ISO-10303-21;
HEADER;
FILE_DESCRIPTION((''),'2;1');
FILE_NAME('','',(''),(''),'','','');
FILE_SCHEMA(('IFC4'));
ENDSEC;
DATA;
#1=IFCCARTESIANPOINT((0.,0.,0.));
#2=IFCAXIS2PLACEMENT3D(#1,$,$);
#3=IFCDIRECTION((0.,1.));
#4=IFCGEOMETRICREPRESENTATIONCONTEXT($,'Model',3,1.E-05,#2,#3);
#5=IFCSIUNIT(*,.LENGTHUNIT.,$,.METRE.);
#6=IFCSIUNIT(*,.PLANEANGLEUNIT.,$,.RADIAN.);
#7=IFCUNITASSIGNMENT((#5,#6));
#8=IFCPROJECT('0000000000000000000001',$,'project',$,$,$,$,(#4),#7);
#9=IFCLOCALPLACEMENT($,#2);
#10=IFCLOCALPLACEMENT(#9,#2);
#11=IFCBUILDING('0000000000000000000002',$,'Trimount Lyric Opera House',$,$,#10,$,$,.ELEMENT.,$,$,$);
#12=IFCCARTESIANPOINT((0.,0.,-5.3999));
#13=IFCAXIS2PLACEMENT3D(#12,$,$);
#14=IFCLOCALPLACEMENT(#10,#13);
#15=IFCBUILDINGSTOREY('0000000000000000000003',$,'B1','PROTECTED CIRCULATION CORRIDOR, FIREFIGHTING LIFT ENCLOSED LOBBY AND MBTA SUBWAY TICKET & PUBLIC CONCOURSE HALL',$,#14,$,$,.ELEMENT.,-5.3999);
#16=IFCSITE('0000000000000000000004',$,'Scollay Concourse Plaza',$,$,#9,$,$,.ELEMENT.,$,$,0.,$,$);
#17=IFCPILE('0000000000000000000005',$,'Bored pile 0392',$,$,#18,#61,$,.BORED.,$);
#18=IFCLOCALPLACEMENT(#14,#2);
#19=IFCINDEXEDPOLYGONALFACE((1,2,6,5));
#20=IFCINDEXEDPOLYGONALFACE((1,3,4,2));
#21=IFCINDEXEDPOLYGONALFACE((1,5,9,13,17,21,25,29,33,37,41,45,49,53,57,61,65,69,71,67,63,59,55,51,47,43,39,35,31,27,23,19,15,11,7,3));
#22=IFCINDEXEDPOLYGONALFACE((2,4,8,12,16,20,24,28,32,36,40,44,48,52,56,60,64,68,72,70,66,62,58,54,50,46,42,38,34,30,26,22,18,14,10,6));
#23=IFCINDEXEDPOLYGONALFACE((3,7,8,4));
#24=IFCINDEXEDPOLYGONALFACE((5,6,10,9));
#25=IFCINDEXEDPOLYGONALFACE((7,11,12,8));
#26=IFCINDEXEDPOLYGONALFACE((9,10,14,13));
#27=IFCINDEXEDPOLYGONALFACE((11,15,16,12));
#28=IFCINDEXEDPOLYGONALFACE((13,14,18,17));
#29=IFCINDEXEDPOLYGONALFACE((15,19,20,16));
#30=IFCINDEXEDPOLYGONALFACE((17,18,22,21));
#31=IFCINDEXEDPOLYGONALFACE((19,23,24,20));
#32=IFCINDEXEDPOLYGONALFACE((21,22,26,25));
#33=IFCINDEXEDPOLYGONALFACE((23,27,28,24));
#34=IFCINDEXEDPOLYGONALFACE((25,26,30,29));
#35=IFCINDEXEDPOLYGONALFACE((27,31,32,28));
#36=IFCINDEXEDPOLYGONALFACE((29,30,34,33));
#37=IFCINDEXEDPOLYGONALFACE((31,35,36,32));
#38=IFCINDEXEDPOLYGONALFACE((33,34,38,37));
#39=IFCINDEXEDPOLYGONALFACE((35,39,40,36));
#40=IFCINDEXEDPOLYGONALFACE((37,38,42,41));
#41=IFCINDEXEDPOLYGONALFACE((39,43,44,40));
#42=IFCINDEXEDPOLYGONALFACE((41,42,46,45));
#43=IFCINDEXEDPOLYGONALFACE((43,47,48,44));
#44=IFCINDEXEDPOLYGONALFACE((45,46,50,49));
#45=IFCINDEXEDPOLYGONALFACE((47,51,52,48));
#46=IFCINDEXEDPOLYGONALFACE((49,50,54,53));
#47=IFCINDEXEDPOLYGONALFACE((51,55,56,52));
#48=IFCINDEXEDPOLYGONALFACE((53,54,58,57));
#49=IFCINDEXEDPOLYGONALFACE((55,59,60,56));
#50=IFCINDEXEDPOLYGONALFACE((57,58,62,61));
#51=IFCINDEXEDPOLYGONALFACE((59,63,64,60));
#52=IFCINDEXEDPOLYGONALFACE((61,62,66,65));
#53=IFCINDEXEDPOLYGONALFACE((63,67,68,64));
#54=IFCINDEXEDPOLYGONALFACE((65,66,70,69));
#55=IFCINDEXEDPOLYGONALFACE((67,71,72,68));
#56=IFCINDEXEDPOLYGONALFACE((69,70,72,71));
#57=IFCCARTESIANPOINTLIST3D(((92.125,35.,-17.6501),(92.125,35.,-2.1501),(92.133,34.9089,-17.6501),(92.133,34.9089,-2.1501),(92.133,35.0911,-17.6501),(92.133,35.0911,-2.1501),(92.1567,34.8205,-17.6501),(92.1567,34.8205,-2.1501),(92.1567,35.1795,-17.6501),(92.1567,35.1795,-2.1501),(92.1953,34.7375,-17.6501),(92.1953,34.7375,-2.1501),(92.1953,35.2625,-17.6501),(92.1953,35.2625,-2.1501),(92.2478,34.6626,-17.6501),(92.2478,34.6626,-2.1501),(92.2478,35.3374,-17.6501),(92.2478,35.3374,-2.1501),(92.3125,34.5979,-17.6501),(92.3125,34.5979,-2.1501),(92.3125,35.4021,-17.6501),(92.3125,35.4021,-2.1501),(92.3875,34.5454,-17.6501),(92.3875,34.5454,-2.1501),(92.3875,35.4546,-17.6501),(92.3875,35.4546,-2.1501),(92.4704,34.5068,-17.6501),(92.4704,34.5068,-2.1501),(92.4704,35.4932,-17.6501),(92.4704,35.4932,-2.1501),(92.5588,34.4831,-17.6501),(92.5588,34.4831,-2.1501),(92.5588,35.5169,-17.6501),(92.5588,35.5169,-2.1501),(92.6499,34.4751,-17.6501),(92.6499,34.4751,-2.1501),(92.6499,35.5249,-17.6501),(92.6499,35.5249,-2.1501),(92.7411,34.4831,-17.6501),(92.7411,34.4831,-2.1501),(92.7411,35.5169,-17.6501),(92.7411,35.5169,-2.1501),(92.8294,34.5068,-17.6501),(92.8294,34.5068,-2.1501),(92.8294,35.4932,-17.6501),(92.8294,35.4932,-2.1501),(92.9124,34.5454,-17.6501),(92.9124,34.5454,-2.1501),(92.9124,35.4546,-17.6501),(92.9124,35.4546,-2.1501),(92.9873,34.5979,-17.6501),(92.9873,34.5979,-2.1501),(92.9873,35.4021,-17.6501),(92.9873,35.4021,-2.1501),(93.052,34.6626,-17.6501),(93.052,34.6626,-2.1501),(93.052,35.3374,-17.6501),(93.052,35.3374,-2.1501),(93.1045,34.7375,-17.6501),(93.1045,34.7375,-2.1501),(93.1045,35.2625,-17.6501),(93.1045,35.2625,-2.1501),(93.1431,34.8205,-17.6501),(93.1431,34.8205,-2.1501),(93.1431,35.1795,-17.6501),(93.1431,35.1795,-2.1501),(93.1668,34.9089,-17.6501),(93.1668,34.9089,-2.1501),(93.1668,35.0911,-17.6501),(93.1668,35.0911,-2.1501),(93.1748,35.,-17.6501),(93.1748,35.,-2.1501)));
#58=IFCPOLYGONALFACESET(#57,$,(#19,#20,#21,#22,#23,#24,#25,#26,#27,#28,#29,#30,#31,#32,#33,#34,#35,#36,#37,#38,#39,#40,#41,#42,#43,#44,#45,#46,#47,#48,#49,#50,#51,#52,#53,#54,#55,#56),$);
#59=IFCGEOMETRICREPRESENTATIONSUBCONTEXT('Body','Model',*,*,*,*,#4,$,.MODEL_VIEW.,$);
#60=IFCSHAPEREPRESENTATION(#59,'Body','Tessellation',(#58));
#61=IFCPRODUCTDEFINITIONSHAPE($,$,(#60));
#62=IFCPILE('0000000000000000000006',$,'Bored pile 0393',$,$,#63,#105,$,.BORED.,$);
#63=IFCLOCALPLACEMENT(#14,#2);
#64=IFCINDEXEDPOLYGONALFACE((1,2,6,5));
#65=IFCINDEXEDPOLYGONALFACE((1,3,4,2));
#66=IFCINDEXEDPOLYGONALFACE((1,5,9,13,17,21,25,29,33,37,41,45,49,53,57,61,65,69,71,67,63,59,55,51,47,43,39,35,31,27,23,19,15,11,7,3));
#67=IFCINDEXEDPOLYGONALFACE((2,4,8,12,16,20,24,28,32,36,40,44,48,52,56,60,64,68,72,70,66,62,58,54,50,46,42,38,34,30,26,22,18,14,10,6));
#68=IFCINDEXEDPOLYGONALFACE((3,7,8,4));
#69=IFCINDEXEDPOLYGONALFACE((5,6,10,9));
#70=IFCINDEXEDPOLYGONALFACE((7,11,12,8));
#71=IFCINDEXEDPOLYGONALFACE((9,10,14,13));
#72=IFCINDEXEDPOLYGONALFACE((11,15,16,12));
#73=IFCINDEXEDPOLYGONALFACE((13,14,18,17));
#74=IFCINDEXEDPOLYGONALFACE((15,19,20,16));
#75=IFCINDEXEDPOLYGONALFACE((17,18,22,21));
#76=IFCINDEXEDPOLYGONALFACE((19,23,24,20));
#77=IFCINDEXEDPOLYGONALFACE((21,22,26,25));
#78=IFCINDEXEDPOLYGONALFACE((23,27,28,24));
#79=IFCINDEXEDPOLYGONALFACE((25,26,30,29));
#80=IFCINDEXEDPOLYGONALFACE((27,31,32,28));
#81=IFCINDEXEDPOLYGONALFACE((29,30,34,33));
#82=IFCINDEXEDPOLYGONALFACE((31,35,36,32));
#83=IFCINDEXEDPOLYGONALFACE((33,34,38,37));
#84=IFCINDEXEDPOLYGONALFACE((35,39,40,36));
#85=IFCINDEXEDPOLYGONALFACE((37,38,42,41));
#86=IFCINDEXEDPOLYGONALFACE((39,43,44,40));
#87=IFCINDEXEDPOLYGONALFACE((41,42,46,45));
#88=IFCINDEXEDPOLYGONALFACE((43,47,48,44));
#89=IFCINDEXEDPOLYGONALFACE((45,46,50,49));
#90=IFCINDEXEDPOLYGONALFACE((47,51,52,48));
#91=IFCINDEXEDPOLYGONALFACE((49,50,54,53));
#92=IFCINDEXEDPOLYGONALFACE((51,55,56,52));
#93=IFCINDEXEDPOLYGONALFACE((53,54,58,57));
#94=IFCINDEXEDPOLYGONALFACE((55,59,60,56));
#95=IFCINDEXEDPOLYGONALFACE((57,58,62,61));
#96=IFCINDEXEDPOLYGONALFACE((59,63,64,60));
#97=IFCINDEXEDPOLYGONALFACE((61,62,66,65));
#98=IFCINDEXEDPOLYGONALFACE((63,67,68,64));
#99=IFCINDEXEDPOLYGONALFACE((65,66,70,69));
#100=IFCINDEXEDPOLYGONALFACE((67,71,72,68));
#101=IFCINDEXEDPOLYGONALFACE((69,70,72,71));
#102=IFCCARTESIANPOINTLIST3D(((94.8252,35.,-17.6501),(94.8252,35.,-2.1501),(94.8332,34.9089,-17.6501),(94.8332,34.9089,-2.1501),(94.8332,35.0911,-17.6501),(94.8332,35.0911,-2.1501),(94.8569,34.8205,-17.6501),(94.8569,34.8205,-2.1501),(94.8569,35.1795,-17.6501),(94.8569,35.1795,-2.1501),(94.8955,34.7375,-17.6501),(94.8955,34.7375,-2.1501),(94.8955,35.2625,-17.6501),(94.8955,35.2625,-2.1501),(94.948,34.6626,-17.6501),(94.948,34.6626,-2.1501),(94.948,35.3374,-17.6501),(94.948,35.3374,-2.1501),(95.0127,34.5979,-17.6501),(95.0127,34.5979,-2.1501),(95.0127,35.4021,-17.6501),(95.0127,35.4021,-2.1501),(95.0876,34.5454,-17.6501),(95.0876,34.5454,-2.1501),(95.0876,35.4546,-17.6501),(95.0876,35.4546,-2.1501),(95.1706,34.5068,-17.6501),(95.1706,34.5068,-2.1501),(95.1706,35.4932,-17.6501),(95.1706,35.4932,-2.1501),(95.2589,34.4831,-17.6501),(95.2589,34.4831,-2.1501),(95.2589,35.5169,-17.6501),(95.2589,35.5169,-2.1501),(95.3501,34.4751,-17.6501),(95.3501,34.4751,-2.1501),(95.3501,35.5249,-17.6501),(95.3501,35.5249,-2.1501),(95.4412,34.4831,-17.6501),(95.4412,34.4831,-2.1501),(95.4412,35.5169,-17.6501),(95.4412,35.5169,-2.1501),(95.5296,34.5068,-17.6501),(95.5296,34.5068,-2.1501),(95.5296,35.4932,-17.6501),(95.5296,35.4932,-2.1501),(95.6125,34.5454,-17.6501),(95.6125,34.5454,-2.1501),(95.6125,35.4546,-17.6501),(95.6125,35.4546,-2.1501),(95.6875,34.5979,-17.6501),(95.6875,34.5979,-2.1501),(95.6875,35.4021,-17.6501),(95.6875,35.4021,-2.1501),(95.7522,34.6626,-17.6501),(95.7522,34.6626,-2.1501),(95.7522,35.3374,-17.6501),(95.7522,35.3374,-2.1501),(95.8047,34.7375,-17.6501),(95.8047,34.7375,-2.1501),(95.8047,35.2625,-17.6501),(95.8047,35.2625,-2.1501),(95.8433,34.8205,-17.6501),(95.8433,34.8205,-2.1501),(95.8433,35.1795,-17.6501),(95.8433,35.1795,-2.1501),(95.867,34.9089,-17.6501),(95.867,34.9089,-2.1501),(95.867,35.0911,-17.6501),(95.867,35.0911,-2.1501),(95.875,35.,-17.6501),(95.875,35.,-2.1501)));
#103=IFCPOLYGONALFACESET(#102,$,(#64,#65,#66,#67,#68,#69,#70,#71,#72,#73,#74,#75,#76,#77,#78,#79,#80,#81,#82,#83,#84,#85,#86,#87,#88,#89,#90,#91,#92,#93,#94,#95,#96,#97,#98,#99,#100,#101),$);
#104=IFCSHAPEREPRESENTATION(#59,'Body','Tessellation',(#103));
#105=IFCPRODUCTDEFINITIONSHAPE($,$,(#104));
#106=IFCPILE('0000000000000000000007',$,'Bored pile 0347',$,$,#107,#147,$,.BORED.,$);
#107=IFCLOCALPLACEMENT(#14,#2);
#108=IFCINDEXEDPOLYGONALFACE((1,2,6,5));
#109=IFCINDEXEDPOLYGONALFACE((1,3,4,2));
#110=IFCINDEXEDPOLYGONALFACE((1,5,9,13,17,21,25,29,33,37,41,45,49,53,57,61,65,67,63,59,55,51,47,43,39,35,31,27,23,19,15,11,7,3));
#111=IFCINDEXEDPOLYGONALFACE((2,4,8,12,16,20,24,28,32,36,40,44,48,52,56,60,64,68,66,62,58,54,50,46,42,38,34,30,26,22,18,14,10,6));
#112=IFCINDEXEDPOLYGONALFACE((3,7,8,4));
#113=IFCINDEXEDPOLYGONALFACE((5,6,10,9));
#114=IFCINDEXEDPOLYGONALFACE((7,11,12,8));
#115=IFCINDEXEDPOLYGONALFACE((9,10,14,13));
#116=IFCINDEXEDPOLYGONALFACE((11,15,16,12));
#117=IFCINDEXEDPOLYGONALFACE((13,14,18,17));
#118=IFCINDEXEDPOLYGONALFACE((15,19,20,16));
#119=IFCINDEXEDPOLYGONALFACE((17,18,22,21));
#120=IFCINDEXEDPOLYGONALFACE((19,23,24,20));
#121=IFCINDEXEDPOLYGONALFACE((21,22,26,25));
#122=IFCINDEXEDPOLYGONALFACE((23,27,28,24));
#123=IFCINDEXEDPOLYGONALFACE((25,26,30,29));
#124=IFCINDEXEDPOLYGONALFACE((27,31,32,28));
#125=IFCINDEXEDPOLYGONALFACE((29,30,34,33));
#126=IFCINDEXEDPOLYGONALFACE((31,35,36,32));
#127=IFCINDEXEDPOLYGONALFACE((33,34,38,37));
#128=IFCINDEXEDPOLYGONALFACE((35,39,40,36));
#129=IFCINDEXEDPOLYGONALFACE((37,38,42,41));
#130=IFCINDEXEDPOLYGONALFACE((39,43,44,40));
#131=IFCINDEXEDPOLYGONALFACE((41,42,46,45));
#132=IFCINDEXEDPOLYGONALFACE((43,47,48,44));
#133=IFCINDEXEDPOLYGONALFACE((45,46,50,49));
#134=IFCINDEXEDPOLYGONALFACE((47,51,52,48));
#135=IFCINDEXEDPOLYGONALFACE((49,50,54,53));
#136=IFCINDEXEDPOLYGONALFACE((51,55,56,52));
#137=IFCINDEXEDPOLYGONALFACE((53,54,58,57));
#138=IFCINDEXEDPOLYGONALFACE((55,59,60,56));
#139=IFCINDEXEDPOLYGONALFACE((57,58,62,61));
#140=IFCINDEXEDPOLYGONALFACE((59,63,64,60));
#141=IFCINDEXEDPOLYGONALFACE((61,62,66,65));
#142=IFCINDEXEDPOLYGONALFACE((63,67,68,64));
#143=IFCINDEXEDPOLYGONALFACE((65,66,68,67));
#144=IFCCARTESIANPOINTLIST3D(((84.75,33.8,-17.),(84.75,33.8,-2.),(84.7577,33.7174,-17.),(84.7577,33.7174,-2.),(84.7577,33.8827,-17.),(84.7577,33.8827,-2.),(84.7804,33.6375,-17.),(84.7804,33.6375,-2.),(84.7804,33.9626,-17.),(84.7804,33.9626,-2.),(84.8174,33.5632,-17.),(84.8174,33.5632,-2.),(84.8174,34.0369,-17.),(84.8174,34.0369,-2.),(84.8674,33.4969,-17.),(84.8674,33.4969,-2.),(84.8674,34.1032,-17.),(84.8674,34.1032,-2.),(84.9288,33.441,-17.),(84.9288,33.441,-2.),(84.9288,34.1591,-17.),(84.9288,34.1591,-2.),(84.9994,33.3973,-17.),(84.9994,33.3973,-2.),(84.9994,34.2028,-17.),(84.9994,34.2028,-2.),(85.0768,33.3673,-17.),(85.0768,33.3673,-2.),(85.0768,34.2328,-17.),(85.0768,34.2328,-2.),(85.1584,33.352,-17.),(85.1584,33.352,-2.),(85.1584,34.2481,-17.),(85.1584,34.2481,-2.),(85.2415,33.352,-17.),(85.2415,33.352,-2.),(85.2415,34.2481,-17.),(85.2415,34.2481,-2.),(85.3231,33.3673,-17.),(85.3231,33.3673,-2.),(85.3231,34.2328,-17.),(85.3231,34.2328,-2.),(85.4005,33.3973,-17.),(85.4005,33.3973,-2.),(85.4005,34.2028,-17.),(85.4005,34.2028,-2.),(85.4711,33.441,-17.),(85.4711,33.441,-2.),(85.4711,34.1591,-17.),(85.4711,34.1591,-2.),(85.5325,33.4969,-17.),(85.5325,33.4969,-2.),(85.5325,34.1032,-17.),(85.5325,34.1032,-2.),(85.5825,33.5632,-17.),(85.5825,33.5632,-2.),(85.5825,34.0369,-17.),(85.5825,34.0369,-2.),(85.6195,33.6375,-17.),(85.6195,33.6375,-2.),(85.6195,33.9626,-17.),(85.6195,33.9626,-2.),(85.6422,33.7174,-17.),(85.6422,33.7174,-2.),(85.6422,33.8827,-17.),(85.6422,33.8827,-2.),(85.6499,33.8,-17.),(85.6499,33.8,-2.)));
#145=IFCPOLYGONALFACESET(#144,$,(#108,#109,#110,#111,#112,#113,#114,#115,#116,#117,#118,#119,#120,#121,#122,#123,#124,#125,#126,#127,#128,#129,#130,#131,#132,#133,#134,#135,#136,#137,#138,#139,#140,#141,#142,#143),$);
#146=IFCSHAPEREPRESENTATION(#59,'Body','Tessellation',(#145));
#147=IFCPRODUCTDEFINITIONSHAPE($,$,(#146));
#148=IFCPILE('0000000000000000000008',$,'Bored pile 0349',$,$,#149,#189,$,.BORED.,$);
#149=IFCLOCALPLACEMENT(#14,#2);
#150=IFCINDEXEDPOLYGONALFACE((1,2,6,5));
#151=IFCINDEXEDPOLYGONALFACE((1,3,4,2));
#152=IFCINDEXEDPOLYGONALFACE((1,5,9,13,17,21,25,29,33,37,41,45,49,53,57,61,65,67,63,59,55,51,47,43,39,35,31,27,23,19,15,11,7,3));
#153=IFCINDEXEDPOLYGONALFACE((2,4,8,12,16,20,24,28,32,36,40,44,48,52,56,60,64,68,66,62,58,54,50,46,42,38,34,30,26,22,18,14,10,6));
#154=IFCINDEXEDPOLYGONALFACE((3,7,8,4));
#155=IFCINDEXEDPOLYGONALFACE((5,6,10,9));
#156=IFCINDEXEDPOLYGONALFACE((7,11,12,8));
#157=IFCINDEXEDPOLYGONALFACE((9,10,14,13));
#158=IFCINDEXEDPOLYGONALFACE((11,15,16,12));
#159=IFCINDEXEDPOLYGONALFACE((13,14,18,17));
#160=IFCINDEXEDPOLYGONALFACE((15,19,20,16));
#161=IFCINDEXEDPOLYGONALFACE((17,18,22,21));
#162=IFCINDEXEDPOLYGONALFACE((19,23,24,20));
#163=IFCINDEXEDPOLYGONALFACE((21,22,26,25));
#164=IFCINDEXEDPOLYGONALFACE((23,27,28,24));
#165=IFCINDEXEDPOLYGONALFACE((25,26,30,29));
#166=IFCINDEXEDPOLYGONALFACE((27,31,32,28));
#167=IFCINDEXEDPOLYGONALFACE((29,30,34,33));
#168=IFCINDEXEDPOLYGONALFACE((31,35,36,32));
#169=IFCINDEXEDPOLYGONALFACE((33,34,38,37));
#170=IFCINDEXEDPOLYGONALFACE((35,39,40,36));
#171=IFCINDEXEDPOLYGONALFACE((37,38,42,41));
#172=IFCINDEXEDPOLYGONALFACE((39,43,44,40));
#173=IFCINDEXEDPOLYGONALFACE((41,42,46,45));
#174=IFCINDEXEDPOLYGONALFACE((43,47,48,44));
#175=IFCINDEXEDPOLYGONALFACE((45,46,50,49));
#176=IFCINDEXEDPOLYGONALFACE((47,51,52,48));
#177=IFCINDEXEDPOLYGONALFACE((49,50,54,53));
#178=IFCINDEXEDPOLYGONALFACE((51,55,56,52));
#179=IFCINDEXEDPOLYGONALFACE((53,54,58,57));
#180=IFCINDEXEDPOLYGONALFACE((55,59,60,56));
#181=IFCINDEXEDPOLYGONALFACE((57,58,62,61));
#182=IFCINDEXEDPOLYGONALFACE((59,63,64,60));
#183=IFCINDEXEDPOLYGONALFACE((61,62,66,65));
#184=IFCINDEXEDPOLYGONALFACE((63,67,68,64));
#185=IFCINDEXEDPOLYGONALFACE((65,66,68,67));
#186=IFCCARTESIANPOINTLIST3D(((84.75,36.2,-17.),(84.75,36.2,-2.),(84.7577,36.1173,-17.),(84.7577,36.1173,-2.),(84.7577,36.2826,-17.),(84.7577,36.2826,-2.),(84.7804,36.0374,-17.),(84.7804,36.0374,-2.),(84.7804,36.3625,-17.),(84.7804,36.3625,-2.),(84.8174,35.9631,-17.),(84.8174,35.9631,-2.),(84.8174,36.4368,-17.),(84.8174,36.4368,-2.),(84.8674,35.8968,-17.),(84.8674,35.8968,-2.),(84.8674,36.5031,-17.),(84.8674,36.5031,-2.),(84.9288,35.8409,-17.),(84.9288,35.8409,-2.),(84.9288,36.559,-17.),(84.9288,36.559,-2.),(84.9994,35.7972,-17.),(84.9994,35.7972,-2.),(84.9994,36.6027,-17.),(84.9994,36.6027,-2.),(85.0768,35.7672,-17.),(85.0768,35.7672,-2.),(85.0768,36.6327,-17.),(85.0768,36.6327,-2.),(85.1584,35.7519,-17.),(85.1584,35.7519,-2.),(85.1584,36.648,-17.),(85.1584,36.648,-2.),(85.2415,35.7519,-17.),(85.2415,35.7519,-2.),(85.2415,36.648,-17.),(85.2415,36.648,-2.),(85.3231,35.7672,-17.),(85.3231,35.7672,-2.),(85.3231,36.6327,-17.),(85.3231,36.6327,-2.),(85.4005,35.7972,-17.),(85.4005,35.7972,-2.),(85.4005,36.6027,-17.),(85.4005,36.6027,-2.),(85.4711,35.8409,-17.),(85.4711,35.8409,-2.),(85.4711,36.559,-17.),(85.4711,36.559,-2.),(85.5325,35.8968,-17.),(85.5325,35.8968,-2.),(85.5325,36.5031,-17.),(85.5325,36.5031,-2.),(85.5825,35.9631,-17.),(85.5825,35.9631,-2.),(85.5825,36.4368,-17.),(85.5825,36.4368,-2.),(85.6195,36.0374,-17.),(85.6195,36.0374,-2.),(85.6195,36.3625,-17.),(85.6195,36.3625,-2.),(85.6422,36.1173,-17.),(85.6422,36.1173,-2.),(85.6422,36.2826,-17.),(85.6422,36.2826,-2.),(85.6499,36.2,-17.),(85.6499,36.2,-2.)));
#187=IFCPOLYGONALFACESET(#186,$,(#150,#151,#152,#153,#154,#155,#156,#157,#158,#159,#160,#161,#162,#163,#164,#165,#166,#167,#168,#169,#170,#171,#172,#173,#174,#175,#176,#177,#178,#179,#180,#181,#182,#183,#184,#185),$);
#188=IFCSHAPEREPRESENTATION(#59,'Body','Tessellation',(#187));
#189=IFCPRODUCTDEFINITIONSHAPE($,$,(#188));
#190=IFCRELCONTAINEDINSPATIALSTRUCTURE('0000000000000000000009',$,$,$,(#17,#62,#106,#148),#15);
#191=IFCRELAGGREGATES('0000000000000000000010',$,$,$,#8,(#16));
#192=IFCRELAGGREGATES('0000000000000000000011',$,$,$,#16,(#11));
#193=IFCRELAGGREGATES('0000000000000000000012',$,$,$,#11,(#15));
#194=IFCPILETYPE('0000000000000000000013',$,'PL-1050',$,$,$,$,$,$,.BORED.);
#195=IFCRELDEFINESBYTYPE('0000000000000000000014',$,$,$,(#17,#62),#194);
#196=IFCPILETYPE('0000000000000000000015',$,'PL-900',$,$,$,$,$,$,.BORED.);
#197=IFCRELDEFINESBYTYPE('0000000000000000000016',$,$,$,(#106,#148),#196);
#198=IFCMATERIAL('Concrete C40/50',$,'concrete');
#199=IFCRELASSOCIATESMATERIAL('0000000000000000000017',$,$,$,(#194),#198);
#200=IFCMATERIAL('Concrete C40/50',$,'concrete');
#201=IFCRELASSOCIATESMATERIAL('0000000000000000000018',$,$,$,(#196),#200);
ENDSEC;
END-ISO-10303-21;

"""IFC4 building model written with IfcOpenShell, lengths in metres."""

from ifc_helpers import new_model, si_unit, direction, frame, origin, origin_2d, place, context, subcontext, project, spatial, circle, extrude, material, material_profile, profile_set, type_object, element, save


model = new_model("IFC4")

# Units and contexts
model_context = context("Model", 3, precision=1e-05, world=origin(), true_north=direction((0.0, 1.0)))
body_context = subcontext(model_context, "Body", "Model", "MODEL_VIEW")
ifc_project = project(units=[si_unit("LENGTHUNIT", "METRE"), si_unit("PLANEANGLEUNIT", "RADIAN")], contexts=[model_context])

# Site, building, storey
site_placement = place(None, origin())
site = spatial("IfcSite", under=ifc_project, at=site_placement, Name="Scollay Concourse Plaza", CompositionType="ELEMENT", RefElevation=0.0)
building_placement = place(site_placement, origin())
building = spatial("IfcBuilding", under=site, at=building_placement, Name="Trimount Lyric Opera House", CompositionType="ELEMENT")
storey_placement = place(building_placement, frame((0.0, 0.0, -5.3999)))
storey = spatial("IfcBuildingStorey", under=building, at=storey_placement, Name="B1", Description="PROTECTED CIRCULATION CORRIDOR, FIREFIGHTING LIFT ENCLOSED LOBBY AND MBTA SUBWAY TICKET & PUBLIC CONCOURSE HALL", CompositionType="ELEMENT", Elevation=-5.3999)

# Piles
ifc_material_1 = material(Name="Concrete C40/50", Category="concrete")
ifc_material_profile_1 = material_profile(ifc_material_1, circle(Radius=0.5249, at=origin_2d()), Name="PILE-D1050")
ifc_profile_set_1 = profile_set([ifc_material_profile_1], Name="Concrete C40/50")
pile_type_1 = type_object("IfcPileType", Name="PL-1050", PredefinedType="BORED", material=ifc_profile_set_1)
for number, where, z_axis, x_axis, name in (
    (1, (92.6499, 35.0, -2.1501), (0.0, 0.0, -1.0), (1.0, 0.0, 0.0), "Bored pile 0392"),
    (2, (95.3501, 35.0, -2.1501), (0.0, 0.0, -1.0), (1.0, 0.0, 0.0), "Bored pile 0393"),
):
    element("IfcPile", number, at=place(storey_placement, frame(where, z_axis=z_axis, x_axis=x_axis)), inside=storey, type_object=pile_type_1, Name=name, PredefinedType="BORED", context=body_context, shape_type="SweptSolid", body=[
        extrude(circle(Radius=0.5249, at=origin_2d()), origin(), (0.0, 0.0, 1.0), 15.5),
    ])
ifc_material_2 = material(Name="Concrete C40/50", Category="concrete")
ifc_material_profile_2 = material_profile(ifc_material_2, circle(Radius=0.45, at=origin_2d()), Name="PILE-D900")
ifc_profile_set_2 = profile_set([ifc_material_profile_2], Name="Concrete C40/50")
pile_type_2 = type_object("IfcPileType", Name="PL-900", PredefinedType="BORED", material=ifc_profile_set_2)
for number, where, z_axis, x_axis, name in (
    (3, (85.2, 33.8, -2.0), (0.0, 0.0, -1.0), (1.0, 0.0, 0.0), "Bored pile 0347"),
    (4, (85.2, 36.2, -2.0), (0.0, 0.0, -1.0), (1.0, 0.0, 0.0), "Bored pile 0349"),
):
    element("IfcPile", number, at=place(storey_placement, frame(where, z_axis=z_axis, x_axis=x_axis)), inside=storey, type_object=pile_type_2, Name=name, PredefinedType="BORED", context=body_context, shape_type="SweptSolid", body=[
        extrude(circle(Radius=0.45, at=origin_2d()), origin(), (0.0, 0.0, 1.0), 15.0),
    ])

save(model, "model.ifc")
